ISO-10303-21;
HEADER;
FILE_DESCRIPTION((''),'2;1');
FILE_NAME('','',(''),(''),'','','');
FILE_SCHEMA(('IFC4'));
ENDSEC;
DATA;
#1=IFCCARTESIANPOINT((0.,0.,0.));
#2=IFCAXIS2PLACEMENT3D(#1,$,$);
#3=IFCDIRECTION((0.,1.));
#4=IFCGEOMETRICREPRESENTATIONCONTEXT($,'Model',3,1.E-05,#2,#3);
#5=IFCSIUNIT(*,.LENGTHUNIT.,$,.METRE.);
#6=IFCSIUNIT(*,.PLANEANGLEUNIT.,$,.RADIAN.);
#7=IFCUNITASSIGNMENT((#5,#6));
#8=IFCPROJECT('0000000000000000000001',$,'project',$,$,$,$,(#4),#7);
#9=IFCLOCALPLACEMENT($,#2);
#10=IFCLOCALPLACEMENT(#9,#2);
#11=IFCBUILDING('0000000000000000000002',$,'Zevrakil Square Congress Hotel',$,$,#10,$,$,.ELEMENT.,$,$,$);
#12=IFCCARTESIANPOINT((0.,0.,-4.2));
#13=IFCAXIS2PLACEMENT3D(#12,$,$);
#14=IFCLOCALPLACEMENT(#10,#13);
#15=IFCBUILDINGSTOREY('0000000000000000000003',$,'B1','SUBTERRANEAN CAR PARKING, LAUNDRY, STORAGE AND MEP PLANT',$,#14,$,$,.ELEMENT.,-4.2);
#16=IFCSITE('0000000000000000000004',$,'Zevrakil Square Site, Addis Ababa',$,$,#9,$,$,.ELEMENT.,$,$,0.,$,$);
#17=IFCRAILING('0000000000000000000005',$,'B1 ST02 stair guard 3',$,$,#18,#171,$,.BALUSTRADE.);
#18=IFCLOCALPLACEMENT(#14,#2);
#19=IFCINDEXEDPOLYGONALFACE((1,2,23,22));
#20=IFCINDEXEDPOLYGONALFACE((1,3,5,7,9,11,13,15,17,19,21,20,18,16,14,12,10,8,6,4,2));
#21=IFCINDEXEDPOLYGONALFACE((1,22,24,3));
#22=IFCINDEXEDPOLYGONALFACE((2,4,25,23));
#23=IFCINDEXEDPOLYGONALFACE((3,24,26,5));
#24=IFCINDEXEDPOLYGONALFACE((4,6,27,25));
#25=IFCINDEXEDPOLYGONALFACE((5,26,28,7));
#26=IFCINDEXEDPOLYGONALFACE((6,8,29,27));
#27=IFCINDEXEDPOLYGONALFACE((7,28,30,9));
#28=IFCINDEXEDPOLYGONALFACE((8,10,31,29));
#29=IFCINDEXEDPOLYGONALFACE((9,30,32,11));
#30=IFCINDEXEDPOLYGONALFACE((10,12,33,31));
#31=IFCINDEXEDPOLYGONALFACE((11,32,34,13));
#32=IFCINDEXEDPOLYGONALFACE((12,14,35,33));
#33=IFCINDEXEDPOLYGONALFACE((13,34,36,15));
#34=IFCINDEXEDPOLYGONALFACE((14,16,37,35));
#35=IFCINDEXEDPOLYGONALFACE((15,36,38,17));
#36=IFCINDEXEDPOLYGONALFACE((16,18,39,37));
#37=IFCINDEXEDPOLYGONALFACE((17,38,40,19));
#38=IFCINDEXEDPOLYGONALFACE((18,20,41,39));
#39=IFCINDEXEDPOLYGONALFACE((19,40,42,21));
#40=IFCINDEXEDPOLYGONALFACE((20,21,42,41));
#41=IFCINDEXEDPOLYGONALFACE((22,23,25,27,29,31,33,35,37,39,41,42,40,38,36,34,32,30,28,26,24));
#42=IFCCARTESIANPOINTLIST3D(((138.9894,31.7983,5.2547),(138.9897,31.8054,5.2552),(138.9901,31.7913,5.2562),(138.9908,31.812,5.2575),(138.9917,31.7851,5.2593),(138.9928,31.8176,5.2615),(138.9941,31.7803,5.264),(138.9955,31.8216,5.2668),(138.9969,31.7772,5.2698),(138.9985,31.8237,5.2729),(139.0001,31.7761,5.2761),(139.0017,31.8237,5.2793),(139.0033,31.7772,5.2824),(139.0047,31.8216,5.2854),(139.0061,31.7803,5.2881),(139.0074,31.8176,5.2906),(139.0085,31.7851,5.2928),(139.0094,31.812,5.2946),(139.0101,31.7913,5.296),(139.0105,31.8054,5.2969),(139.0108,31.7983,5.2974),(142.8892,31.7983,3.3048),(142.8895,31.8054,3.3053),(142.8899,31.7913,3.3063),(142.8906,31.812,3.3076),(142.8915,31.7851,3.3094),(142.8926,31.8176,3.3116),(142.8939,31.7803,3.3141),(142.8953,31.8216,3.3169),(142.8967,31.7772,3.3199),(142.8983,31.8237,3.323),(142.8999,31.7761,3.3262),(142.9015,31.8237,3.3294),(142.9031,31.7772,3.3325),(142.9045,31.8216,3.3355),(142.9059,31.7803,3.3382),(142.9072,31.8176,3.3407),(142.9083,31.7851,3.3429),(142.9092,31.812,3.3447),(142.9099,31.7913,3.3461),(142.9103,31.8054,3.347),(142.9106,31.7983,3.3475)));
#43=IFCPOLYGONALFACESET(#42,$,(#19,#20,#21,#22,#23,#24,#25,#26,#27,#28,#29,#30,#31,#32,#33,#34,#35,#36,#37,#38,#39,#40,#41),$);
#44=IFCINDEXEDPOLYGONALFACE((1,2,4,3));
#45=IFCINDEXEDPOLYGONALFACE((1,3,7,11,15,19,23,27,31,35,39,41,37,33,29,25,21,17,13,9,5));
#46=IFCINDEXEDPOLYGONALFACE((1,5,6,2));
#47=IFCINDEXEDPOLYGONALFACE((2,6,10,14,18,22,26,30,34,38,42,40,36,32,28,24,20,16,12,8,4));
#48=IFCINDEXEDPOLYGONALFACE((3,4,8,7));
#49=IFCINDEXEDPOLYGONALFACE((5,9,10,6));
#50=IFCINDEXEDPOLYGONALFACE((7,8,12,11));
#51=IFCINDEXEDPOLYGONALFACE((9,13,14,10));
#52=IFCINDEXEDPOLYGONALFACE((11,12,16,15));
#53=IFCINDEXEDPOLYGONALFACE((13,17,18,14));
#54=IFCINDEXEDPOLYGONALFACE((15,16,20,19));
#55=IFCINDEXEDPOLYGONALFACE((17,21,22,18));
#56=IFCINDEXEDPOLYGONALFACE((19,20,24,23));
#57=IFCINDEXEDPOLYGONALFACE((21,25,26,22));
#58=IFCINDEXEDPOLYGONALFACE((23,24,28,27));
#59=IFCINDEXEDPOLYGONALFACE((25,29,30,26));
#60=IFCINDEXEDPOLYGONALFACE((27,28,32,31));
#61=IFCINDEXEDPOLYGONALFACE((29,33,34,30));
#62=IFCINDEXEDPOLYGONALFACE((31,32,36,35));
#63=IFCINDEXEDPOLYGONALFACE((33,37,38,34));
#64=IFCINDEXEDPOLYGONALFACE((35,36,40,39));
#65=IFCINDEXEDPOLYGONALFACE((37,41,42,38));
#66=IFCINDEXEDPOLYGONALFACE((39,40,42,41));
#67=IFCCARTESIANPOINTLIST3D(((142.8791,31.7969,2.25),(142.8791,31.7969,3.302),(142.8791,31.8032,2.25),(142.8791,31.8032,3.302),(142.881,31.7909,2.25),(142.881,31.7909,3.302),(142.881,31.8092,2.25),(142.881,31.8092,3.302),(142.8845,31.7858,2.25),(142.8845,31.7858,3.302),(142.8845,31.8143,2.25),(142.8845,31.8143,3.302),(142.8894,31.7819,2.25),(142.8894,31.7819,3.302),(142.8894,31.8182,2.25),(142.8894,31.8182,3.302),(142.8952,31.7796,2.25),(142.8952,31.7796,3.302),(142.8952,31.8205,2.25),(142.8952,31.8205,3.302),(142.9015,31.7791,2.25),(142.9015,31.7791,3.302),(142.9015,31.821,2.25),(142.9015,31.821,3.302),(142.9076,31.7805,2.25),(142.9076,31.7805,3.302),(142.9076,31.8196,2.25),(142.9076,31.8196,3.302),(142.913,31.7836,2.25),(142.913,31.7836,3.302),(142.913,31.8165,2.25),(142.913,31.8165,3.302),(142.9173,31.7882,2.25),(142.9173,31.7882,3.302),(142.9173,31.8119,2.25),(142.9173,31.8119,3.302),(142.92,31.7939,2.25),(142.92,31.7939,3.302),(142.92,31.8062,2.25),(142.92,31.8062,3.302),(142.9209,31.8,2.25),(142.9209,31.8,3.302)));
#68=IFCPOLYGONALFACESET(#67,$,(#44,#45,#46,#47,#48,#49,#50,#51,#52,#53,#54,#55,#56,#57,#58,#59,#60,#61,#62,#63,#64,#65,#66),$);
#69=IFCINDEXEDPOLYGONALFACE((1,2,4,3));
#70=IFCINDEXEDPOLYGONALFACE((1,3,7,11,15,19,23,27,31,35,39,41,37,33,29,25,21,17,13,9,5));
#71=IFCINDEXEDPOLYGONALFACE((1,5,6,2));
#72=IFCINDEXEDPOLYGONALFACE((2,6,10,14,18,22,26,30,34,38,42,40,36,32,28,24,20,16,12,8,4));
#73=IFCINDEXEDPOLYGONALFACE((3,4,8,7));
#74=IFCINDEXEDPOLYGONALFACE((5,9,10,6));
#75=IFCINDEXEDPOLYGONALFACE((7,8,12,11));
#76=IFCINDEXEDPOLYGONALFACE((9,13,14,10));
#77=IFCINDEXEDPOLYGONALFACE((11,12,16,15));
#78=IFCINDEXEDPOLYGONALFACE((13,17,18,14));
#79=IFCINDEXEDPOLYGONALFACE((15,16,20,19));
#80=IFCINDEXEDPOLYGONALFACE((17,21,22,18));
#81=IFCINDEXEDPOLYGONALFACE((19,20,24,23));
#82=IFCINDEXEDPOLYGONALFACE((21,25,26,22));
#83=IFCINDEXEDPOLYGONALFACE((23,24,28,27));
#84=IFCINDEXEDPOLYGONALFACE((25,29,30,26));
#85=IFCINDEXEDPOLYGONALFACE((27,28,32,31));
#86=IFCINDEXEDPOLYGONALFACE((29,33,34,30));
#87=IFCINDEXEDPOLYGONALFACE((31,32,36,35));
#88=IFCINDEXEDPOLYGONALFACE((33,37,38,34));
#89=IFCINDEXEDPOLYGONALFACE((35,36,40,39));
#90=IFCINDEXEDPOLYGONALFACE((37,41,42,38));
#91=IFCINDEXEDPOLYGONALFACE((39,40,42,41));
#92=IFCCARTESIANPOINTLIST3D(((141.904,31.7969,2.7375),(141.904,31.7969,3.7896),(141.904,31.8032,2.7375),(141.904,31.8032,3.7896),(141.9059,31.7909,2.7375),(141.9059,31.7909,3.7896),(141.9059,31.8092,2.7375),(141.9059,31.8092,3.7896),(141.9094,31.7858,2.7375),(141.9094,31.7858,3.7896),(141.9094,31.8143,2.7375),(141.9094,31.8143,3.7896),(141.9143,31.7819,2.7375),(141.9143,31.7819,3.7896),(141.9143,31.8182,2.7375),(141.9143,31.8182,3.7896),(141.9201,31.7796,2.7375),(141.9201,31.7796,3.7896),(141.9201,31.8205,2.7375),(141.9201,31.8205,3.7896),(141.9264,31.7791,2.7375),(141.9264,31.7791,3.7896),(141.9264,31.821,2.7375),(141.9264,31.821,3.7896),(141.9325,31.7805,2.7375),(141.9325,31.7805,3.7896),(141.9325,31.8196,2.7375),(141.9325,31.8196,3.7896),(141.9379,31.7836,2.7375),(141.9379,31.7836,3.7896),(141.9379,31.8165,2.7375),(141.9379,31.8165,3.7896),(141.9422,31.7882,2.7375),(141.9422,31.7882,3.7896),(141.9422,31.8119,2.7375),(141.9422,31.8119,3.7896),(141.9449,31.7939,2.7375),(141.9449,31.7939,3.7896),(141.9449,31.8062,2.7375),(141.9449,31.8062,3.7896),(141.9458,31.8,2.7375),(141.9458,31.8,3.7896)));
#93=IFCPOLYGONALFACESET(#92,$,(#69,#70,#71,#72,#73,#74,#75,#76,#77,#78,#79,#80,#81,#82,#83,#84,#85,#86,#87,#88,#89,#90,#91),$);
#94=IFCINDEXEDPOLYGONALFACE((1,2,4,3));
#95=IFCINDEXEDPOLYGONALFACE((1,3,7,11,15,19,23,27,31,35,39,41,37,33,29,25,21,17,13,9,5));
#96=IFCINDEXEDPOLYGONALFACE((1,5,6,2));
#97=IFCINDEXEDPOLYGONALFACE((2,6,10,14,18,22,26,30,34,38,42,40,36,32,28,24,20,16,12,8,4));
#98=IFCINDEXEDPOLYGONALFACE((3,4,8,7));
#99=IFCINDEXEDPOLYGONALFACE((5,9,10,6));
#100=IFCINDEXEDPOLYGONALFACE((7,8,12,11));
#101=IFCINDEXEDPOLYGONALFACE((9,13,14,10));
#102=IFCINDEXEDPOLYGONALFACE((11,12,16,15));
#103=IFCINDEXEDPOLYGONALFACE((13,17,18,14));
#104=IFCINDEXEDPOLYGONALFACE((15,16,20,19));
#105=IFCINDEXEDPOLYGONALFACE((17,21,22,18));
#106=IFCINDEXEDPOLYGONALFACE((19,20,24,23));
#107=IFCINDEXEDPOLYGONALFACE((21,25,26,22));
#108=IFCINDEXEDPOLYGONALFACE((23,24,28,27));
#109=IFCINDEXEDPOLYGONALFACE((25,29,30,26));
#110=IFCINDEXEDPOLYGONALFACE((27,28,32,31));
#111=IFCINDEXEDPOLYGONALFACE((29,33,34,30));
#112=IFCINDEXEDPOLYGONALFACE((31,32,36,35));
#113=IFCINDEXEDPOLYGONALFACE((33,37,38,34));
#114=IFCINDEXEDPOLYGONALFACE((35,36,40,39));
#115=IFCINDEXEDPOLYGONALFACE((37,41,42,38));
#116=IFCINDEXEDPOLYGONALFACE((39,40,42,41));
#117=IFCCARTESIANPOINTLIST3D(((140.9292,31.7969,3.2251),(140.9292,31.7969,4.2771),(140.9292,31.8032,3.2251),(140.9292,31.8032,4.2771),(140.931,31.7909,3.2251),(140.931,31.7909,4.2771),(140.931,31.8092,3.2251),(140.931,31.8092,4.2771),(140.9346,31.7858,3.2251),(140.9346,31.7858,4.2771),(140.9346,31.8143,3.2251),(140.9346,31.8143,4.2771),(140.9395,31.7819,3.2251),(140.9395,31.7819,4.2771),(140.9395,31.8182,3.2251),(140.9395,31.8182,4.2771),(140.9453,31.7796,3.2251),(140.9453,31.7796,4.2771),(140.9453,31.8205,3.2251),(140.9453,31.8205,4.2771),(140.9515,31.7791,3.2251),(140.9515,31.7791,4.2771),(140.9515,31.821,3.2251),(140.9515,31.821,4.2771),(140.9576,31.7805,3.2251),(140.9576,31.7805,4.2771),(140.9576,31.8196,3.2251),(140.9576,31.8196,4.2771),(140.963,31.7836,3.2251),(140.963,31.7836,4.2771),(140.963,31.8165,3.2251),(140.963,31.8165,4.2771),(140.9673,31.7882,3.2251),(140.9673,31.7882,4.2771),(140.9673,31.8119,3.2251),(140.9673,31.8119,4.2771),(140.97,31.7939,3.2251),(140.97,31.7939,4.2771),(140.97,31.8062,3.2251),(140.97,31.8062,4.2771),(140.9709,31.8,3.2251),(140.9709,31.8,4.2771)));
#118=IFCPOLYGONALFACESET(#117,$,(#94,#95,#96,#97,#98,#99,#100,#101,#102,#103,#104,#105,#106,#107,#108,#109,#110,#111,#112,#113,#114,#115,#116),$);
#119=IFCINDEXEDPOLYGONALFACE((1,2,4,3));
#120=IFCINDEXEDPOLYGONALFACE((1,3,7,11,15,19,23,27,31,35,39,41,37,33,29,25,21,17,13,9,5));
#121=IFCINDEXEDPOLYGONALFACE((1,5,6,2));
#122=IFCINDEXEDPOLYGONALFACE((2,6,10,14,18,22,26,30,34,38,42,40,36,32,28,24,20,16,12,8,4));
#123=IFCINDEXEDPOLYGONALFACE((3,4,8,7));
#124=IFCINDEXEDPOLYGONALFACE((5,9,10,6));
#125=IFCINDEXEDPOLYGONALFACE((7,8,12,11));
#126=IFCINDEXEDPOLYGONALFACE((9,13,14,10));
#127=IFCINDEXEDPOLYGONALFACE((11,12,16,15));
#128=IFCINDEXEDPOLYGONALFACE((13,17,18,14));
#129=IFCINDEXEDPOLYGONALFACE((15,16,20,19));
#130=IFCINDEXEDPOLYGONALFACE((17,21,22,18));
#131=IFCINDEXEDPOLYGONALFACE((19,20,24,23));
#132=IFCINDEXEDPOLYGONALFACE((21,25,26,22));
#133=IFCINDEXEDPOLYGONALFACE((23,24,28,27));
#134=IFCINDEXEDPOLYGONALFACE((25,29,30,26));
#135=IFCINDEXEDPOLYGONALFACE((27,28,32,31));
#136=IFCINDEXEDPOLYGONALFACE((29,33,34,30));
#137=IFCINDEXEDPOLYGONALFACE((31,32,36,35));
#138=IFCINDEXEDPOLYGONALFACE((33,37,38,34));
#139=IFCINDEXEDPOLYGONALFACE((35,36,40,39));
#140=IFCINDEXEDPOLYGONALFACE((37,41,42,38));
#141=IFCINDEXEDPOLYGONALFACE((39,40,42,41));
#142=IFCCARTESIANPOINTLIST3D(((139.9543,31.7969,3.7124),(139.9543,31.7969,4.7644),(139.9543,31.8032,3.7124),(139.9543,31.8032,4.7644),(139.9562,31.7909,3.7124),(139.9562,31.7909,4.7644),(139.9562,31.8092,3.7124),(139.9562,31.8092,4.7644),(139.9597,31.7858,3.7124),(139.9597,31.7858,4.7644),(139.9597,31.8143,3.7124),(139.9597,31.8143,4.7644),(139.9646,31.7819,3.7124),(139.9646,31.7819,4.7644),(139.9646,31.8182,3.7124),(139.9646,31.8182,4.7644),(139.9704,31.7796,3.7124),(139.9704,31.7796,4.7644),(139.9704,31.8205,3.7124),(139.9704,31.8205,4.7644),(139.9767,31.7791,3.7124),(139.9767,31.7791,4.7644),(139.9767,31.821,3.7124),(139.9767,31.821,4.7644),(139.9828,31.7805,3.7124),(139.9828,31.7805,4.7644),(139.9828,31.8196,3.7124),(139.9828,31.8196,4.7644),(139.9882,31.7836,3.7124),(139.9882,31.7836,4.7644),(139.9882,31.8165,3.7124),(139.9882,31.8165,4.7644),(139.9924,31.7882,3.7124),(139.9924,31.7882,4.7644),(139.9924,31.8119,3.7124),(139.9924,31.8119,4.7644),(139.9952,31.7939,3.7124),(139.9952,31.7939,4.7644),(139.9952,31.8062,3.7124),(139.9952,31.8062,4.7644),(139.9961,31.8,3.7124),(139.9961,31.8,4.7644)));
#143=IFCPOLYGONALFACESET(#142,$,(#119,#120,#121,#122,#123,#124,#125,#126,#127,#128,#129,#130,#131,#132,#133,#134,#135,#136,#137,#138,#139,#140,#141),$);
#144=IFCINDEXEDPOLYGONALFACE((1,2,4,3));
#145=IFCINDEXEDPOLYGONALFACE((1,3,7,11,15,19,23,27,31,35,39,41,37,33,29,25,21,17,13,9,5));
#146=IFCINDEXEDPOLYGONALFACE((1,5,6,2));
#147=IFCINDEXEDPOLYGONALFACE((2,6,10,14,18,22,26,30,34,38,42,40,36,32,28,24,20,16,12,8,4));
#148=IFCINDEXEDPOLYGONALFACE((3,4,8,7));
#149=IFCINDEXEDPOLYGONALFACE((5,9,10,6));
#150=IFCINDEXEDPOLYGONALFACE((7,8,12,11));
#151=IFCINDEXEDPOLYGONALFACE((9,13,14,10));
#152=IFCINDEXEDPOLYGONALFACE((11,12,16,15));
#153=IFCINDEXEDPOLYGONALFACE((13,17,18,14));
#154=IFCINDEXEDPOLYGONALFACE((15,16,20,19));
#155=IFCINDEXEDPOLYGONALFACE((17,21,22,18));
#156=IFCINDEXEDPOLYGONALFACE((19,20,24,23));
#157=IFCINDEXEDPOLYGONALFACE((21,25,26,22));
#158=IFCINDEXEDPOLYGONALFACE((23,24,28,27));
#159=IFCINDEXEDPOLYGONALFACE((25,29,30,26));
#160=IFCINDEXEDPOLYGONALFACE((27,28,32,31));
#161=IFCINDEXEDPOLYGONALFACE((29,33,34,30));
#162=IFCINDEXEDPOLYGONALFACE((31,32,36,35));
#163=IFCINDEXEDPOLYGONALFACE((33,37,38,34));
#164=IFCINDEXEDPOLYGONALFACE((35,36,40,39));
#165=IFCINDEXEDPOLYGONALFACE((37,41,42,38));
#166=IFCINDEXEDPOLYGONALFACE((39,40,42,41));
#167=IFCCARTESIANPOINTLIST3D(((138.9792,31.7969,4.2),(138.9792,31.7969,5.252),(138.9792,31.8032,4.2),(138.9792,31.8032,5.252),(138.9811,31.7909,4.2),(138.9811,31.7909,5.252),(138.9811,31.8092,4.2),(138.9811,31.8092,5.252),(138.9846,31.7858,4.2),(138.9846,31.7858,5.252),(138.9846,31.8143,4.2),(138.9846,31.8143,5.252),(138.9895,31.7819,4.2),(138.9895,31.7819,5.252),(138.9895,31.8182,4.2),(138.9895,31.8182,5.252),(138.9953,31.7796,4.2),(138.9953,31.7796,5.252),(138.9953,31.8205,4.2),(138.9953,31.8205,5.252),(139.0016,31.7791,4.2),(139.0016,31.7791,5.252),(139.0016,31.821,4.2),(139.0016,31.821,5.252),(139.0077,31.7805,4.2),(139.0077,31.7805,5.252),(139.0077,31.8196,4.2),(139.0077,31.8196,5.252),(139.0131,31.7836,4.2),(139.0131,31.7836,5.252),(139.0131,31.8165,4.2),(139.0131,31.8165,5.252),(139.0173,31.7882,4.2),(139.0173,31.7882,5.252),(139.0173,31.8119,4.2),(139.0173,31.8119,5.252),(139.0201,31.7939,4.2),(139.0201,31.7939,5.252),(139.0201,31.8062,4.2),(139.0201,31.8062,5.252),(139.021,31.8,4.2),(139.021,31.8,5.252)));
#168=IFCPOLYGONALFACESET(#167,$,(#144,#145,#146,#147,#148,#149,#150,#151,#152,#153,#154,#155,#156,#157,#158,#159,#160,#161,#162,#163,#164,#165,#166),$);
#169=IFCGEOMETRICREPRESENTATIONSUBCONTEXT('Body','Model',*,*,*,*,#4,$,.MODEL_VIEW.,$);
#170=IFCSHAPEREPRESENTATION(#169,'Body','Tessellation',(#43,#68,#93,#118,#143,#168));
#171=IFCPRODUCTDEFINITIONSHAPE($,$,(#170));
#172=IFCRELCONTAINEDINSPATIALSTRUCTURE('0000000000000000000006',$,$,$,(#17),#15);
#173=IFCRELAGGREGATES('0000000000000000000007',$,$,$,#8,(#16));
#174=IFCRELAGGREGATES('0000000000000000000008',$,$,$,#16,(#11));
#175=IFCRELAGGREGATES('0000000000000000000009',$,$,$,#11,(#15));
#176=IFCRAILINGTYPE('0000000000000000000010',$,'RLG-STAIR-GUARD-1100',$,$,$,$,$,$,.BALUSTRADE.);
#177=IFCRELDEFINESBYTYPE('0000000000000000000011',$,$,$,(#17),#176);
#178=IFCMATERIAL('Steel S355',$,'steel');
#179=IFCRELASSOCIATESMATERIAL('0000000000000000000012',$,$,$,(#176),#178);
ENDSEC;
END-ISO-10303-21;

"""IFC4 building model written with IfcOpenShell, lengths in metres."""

from ifc_helpers import new_model, si_unit, direction, frame, origin, origin_2d, place, context, subcontext, project, spatial, circle, extrude, material, type_object, element, save


model = new_model("IFC4")

# Units and contexts
model_context = context("Model", 3, precision=1e-05, world=origin(), true_north=direction((0.0, 1.0)))
body_context = subcontext(model_context, "Body", "Model", "MODEL_VIEW")
ifc_project = project(units=[si_unit("LENGTHUNIT", "METRE"), si_unit("PLANEANGLEUNIT", "RADIAN")], contexts=[model_context])

# Site, building, storey
site_placement = place(None, origin())
site = spatial("IfcSite", under=ifc_project, at=site_placement, Name="Zevrakil Square Site, Addis Ababa", CompositionType="ELEMENT", RefElevation=0.0)
building_placement = place(site_placement, origin())
building = spatial("IfcBuilding", under=site, at=building_placement, Name="Zevrakil Square Congress Hotel", CompositionType="ELEMENT")
storey_placement = place(building_placement, frame((0.0, 0.0, -4.2)))
storey = spatial("IfcBuildingStorey", under=building, at=storey_placement, Name="B1", Description="SUBTERRANEAN CAR PARKING, LAUNDRY, STORAGE AND MEP PLANT", CompositionType="ELEMENT", Elevation=-4.2)

# Railing
ifc_material_1 = material(Name="Steel S355", Category="steel")
railing_type_1 = type_object("IfcRailingType", Name="RLG-STAIR-GUARD-1100", PredefinedType="BALUSTRADE", material=ifc_material_1)
railing_1_placement = place(storey_placement, frame((142.8999, 31.8, 2.25)))
element("IfcRailing", 1, at=railing_1_placement, inside=storey, type_object=railing_type_1, Name="B1 ST02 stair guard 3", PredefinedType="BALUSTRADE", context=body_context, shape_type="SweptSolid", body=[
    extrude(circle(Radius=0.0239, at=origin_2d()), frame((0.0, 0.0, 1.0762), z_axis=(-0.894427, 0.0, 0.447214), x_axis=(0.0, -1.0, 0.0)), (0.0, 0.0, 1.0), 4.3601),
    extrude(circle(Radius=0.021, at=origin_2d()), origin(), (0.0, 0.0, 1.0), 1.052),
    extrude(circle(Radius=0.021, at=origin_2d()), frame((-0.9751, 0.0, 0.4875)), (0.0, 0.0, 1.0), 1.052),
    extrude(circle(Radius=0.021, at=origin_2d()), frame((-1.95, 0.0, 0.9751)), (0.0, 0.0, 1.0), 1.052),
    extrude(circle(Radius=0.021, at=origin_2d()), frame((-2.9248, 0.0, 1.4624)), (0.0, 0.0, 1.0), 1.052),
    extrude(circle(Radius=0.021, at=origin_2d()), frame((-3.8999, 0.0, 1.95)), (0.0, 0.0, 1.0), 1.052),
])

save(model, "model.ifc")
